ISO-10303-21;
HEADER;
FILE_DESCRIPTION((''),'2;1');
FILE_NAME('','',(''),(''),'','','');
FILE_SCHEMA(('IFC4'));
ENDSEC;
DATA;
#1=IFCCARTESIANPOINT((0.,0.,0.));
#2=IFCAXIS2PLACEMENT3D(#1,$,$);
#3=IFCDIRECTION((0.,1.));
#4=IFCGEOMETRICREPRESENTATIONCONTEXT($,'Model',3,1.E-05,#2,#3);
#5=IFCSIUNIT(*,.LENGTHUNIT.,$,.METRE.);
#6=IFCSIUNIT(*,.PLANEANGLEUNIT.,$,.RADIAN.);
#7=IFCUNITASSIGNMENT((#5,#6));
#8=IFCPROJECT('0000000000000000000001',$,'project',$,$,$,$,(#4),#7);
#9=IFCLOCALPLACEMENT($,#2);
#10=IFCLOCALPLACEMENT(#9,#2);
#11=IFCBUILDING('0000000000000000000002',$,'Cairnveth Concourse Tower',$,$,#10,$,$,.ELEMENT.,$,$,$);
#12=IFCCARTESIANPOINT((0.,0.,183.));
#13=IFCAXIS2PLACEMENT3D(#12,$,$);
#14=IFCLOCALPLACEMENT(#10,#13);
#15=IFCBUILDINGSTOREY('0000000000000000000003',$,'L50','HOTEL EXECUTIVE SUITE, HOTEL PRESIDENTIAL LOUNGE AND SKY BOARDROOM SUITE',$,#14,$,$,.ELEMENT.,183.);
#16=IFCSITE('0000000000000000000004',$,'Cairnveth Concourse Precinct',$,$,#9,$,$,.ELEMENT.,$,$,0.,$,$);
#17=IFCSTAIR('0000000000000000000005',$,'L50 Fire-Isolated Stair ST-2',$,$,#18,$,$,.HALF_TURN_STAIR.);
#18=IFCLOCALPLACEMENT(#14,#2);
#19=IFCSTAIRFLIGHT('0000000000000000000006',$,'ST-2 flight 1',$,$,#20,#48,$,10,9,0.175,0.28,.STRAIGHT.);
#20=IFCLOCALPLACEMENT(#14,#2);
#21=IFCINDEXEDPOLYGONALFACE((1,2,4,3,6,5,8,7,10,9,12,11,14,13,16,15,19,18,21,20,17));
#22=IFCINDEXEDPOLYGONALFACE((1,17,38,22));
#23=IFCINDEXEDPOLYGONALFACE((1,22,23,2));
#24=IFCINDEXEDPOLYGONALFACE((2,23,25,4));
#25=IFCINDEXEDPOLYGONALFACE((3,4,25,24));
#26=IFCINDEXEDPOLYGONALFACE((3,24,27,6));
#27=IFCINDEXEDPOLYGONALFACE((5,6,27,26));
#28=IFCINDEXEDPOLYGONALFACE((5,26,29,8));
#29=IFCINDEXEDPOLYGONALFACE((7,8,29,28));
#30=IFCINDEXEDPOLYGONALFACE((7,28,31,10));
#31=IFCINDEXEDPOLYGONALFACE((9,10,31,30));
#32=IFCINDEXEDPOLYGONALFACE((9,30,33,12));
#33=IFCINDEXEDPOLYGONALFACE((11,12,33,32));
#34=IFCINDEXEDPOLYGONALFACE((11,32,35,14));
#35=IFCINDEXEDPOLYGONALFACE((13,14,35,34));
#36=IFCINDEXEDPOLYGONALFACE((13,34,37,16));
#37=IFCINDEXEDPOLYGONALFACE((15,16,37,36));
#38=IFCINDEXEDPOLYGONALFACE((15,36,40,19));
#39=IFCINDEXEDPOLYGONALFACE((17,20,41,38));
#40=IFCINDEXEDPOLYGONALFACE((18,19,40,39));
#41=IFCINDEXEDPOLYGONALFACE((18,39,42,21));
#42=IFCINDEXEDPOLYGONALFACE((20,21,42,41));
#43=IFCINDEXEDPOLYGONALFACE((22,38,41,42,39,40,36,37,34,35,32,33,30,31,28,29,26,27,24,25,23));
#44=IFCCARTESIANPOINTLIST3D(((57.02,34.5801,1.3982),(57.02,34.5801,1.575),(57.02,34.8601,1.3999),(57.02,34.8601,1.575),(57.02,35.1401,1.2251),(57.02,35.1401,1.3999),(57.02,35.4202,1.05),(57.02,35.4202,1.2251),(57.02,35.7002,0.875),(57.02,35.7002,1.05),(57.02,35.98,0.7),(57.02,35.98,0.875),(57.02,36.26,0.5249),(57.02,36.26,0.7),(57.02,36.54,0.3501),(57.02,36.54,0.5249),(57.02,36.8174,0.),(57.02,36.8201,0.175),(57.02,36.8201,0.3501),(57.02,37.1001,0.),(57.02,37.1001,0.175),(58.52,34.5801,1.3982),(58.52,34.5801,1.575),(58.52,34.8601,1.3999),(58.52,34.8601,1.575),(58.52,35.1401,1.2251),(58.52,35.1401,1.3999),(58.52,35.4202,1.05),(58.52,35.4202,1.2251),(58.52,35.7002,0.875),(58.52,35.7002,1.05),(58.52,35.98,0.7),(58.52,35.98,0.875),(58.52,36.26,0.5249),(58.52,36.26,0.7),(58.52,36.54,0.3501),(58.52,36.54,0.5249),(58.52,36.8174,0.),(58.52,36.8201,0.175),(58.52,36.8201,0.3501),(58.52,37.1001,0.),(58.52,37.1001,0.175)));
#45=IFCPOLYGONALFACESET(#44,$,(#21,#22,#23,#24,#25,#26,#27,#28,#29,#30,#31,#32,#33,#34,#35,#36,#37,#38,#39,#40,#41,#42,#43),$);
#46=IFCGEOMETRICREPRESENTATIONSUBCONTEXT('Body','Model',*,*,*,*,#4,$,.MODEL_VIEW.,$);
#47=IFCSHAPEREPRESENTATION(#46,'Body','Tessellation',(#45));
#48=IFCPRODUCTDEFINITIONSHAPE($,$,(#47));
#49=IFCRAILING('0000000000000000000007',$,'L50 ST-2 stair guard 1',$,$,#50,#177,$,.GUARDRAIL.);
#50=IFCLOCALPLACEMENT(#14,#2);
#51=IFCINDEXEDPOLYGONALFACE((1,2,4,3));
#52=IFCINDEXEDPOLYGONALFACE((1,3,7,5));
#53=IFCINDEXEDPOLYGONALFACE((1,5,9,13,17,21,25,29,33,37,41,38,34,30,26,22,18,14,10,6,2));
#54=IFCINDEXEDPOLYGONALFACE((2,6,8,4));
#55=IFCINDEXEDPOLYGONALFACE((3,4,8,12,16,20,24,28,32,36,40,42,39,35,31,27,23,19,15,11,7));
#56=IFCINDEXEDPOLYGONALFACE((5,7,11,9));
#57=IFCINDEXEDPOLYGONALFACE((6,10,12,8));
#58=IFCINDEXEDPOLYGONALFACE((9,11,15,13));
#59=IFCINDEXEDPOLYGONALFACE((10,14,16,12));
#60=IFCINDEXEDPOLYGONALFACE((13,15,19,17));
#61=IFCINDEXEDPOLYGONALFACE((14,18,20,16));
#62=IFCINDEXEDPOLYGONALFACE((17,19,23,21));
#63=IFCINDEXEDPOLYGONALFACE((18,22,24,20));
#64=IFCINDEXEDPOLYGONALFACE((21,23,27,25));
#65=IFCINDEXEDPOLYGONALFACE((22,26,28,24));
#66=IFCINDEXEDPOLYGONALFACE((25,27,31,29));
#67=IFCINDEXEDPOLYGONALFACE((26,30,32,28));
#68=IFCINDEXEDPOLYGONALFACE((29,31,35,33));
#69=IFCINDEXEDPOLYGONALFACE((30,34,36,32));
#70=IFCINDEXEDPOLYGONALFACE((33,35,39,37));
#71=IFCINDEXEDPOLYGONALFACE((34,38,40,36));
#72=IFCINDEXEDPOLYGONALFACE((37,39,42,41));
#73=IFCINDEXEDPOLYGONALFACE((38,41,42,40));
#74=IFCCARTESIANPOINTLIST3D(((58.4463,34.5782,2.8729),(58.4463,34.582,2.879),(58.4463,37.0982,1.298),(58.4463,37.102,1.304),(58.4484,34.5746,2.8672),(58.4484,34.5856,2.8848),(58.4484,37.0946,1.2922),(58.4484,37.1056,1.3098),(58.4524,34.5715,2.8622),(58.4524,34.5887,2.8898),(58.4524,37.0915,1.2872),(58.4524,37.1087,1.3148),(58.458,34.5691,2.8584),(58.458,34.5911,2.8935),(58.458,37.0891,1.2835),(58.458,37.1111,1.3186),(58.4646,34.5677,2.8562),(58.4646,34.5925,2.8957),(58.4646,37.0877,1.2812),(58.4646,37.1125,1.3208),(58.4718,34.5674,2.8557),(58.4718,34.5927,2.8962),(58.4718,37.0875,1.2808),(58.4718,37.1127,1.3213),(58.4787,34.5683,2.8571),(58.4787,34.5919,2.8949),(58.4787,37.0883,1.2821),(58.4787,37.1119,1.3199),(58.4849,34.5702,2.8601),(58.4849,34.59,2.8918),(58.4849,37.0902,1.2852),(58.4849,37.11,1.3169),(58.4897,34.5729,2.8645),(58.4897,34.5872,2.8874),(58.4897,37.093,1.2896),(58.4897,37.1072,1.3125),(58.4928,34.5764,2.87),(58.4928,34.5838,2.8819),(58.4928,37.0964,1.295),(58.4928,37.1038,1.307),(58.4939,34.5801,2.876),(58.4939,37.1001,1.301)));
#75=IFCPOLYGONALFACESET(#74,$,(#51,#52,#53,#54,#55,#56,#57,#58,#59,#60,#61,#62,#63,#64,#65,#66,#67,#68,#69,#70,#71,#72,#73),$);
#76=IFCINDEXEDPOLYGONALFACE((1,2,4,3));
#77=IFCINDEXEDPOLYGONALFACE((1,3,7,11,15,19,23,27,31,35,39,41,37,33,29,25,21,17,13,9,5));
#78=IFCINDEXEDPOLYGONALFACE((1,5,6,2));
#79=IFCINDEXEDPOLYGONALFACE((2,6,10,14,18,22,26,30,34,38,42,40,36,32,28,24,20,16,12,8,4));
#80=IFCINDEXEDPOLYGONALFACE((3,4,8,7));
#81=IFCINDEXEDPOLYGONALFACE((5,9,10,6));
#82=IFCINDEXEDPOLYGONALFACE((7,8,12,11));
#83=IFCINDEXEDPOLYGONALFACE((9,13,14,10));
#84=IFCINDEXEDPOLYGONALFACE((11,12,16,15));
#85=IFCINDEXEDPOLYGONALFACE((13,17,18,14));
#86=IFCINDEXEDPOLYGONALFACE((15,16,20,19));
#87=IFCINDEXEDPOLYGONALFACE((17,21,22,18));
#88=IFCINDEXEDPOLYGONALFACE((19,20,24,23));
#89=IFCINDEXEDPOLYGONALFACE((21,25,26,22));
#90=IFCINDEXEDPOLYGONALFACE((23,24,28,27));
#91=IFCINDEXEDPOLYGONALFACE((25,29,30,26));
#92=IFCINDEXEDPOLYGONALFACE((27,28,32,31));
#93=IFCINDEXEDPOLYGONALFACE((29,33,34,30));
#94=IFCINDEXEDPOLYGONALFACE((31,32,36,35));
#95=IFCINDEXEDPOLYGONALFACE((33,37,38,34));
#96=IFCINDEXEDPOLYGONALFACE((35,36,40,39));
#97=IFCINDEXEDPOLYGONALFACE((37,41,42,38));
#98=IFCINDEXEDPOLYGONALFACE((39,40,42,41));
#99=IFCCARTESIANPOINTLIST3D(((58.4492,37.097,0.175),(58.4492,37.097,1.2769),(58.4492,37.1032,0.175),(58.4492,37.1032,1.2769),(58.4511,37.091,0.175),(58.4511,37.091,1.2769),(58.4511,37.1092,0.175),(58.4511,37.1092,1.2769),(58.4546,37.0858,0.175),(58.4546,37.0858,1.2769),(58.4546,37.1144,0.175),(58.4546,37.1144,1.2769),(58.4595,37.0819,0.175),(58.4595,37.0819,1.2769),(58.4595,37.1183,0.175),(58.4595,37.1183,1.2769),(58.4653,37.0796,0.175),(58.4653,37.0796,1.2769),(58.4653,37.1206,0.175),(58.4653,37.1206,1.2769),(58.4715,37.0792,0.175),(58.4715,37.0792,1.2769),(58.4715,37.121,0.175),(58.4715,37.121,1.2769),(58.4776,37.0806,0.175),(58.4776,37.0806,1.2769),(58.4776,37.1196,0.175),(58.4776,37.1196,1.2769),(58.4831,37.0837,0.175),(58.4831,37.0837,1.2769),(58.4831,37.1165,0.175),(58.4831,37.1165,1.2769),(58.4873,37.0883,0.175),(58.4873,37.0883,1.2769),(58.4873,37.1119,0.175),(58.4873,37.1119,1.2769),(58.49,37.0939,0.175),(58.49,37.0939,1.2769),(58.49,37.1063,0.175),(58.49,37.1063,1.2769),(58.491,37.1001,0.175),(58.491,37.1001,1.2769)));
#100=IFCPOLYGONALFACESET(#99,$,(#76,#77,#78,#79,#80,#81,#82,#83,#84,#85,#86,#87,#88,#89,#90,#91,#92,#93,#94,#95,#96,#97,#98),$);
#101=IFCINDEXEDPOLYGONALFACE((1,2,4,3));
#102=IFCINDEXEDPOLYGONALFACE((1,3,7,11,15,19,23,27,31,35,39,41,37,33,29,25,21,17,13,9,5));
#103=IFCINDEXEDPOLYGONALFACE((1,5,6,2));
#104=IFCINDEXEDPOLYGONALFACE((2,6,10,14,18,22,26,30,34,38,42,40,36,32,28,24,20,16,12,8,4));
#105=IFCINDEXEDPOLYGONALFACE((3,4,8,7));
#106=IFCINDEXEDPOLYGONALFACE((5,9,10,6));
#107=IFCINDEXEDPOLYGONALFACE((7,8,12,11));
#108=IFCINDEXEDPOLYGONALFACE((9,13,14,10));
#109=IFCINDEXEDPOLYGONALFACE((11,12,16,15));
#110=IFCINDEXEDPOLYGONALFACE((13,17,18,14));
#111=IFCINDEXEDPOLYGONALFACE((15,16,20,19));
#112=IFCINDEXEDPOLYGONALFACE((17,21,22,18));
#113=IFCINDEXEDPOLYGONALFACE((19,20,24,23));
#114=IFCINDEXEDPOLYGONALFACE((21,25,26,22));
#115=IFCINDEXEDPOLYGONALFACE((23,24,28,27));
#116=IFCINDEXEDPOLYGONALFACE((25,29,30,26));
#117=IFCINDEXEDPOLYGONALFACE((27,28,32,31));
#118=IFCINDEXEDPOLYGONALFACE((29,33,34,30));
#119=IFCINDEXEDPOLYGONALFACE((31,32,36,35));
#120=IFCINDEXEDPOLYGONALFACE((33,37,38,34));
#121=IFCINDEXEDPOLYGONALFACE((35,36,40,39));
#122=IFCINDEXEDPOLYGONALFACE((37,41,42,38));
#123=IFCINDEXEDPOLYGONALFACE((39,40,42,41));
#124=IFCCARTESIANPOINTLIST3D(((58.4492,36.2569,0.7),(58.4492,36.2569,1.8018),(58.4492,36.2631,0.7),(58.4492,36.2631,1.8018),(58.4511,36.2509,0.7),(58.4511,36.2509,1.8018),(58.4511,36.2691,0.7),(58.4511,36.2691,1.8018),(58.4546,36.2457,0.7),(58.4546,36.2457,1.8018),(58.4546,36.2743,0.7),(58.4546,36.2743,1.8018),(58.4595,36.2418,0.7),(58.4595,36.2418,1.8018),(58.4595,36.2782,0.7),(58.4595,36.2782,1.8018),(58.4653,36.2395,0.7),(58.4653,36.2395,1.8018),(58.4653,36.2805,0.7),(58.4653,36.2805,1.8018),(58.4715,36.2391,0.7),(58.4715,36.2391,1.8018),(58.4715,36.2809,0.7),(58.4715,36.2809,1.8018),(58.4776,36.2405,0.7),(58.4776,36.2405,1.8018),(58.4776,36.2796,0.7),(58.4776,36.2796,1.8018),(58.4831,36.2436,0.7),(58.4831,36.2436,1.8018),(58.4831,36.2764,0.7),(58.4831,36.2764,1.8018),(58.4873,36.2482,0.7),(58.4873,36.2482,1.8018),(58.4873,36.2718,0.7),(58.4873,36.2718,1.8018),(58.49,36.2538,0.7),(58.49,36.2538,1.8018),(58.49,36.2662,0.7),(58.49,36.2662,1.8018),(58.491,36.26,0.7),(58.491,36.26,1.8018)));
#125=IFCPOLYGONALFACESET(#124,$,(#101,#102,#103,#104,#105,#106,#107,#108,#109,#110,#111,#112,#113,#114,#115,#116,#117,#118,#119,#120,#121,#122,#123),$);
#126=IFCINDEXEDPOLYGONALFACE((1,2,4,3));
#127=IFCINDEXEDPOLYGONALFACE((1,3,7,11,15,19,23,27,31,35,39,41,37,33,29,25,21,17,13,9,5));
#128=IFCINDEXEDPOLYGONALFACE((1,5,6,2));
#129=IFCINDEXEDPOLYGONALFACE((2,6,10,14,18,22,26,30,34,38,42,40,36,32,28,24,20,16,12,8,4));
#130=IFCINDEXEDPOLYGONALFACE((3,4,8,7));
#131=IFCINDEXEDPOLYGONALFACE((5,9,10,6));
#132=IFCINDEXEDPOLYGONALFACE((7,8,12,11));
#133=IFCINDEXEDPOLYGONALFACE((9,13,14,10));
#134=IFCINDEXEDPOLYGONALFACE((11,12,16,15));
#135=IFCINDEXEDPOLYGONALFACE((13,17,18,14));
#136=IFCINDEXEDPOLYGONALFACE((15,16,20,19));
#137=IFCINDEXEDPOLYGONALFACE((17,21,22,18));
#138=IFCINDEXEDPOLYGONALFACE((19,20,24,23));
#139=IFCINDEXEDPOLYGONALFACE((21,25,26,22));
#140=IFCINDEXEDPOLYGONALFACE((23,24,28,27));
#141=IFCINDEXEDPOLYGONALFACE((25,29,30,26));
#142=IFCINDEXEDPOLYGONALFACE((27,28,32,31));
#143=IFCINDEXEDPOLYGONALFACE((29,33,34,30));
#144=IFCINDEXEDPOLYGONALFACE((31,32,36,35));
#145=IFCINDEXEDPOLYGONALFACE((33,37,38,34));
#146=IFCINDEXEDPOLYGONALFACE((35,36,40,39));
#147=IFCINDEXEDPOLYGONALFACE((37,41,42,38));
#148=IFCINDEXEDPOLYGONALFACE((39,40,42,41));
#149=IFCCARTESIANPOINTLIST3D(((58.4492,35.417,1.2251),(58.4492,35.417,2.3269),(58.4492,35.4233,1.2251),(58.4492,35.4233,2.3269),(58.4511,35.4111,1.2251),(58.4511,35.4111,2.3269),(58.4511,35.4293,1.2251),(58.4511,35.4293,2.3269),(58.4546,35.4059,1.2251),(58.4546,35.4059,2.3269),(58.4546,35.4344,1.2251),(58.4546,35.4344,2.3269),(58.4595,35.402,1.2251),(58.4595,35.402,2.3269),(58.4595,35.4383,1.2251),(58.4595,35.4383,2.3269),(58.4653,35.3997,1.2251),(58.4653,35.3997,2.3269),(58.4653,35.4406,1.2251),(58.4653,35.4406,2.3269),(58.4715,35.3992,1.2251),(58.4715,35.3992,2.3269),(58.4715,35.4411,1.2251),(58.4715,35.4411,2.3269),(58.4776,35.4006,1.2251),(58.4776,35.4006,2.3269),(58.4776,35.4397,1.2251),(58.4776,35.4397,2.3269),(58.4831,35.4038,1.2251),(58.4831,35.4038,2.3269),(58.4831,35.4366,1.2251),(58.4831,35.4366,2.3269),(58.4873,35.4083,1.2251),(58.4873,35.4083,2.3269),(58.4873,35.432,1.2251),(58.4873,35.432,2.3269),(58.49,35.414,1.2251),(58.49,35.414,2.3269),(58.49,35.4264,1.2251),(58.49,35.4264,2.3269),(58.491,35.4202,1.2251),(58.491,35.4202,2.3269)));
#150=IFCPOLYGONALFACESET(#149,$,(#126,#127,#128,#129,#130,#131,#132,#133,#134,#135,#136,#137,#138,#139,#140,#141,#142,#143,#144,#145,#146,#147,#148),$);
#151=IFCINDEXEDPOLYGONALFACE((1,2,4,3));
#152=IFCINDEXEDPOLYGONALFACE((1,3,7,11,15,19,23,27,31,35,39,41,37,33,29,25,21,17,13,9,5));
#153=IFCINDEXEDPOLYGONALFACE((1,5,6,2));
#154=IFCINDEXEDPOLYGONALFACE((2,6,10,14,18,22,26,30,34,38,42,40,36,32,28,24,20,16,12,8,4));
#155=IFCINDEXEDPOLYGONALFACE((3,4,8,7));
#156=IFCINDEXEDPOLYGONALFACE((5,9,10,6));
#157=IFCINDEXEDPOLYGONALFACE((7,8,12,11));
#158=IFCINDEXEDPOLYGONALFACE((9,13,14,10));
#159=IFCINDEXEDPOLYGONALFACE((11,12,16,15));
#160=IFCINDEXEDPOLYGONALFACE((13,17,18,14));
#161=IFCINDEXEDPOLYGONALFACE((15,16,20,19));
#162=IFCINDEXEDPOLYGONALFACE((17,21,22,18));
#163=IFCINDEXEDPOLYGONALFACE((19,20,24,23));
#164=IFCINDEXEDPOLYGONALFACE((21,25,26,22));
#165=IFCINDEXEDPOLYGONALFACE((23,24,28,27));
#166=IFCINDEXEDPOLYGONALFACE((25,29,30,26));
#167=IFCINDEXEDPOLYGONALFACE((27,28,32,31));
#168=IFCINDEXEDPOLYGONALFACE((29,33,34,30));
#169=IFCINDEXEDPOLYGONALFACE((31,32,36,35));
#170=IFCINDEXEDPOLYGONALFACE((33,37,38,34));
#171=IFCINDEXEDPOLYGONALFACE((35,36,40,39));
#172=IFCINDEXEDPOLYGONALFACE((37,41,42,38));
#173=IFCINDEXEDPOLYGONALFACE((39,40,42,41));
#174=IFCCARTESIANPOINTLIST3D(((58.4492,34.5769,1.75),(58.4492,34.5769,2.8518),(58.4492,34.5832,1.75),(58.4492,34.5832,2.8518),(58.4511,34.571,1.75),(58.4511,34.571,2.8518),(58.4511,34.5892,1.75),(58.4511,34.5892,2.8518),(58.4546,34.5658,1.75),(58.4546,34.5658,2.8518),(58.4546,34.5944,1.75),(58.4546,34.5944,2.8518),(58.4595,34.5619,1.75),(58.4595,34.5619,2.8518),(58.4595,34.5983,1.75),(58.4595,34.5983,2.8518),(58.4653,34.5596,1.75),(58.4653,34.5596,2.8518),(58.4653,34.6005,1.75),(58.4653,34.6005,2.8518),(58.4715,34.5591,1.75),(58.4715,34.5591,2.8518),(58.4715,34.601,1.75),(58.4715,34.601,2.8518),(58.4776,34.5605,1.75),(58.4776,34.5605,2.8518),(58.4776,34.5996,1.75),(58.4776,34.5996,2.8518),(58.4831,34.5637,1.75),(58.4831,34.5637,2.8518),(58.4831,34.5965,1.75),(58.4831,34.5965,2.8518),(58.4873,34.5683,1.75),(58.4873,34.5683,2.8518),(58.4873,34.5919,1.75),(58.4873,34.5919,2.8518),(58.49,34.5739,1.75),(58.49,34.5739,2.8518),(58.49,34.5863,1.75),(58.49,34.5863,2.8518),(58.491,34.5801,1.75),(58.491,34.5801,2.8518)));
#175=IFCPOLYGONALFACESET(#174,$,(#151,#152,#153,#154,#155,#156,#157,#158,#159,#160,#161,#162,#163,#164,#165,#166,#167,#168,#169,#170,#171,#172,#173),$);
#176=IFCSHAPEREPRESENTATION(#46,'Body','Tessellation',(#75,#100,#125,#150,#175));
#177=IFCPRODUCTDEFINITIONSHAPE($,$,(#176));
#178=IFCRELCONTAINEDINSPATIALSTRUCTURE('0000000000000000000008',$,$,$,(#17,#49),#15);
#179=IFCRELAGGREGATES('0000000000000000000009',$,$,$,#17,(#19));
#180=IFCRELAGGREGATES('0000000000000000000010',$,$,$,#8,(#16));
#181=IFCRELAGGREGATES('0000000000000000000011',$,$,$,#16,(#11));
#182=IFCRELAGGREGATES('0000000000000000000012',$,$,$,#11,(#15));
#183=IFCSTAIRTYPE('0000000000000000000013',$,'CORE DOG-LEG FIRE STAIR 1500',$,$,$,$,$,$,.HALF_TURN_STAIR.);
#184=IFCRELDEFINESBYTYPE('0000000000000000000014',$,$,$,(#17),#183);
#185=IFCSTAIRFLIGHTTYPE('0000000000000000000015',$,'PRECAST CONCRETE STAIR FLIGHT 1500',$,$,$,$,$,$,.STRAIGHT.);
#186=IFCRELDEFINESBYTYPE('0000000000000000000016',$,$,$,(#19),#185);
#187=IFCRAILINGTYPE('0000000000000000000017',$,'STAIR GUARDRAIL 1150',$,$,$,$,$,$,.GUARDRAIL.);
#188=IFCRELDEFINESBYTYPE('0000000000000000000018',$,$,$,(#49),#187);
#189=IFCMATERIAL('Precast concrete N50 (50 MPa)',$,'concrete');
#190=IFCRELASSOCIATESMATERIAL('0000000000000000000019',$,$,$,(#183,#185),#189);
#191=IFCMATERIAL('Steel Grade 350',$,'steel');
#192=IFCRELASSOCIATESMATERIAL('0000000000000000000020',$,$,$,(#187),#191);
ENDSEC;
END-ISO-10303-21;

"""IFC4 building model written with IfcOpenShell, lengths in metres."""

from ifc_helpers import new_model, si_unit, direction, frame, origin, origin_2d, place, context, subcontext, project, spatial, polyline, circle, outline, extrude, material, type_object, element, aggregate, save


model = new_model("IFC4")

# Units and contexts
model_context = context("Model", 3, precision=1e-05, world=origin(), true_north=direction((0.0, 1.0)))
body_context = subcontext(model_context, "Body", "Model", "MODEL_VIEW")
ifc_project = project(units=[si_unit("LENGTHUNIT", "METRE"), si_unit("PLANEANGLEUNIT", "RADIAN")], contexts=[model_context])

# Site, building, storey
site_placement = place(None, origin())
site = spatial("IfcSite", under=ifc_project, at=site_placement, Name="Cairnveth Concourse Precinct", CompositionType="ELEMENT", RefElevation=0.0)
building_placement = place(site_placement, origin())
building = spatial("IfcBuilding", under=site, at=building_placement, Name="Cairnveth Concourse Tower", CompositionType="ELEMENT")
storey_placement = place(building_placement, frame((0.0, 0.0, 183.0)))
storey = spatial("IfcBuildingStorey", under=building, at=storey_placement, Name="L50", Description="HOTEL EXECUTIVE SUITE, HOTEL PRESIDENTIAL LOUNGE AND SKY BOARDROOM SUITE", CompositionType="ELEMENT", Elevation=183.0)

# Shared definitions
ifc_material_1 = material(Name="Steel Grade 350", Category="steel")

# Stair, stair flight
ifc_material_2 = material(Name="Precast concrete N50 (50 MPa)", Category="concrete")
stair_type = type_object("IfcStairType", Name="CORE DOG-LEG FIRE STAIR 1500", PredefinedType="HALF_TURN_STAIR", material=ifc_material_2)
stair_placement = place(storey_placement, origin())
stair = element("IfcStair", 1, at=stair_placement, inside=storey, type_object=stair_type, Name="L50 Fire-Isolated Stair ST-2", PredefinedType="HALF_TURN_STAIR")
stair_flight_type = type_object("IfcStairFlightType", Name="PRECAST CONCRETE STAIR FLIGHT 1500", PredefinedType="STRAIGHT", material=ifc_material_2)
stair_flight_placement = place(storey_placement, frame((57.77, 37.1001, 0.0), z_axis=(0.0, 0.0, 1.0), x_axis=(0.0, -1.0, 0.0)))
stair_flight = element("IfcStairFlight", 2, at=stair_flight_placement, type_object=stair_flight_type, Name="ST-2 flight 1", NumberOfRisers=10, NumberOfTreads=9, PredefinedType="STRAIGHT", RiserHeight=0.175, TreadLength=0.28, context=body_context, shape_type="SweptSolid", body=[
    extrude(outline(polyline([(0.0, 0.0), (0.0, 0.175), (0.28, 0.175), (0.28, 0.3501), (0.5601, 0.3501), (0.5601, 0.5249), (0.8401, 0.5249), (0.8401, 0.7), (1.1201, 0.7), (1.1201, 0.875), (1.3999, 0.875), (1.3999, 1.05), (1.6799, 1.05), (1.6799, 1.2251), (1.96, 1.2251), (1.96, 1.3999), (2.24, 1.3999), (2.24, 1.575), (2.52, 1.575), (2.52, 1.75), (2.52, 1.3982), (0.2827, 0.0), (0.0, 0.0)])), frame((0.0, 0.75, 0.0), z_axis=(0.0, -1.0, 0.0), x_axis=(1.0, 0.0, 0.0)), (0.0, 0.0, 1.0), 1.5),
])
aggregate(stair, [stair_flight])

# Railing
railing_type_1 = type_object("IfcRailingType", Name="STAIR GUARDRAIL 1150", PredefinedType="GUARDRAIL", material=ifc_material_1)
railing_1_placement = place(storey_placement, frame((58.47, 37.1001, 0.175)))
element("IfcRailing", 3, at=railing_1_placement, inside=storey, type_object=railing_type_1, Name="L50 ST-2 stair guard 1", PredefinedType="GUARDRAIL", context=body_context, shape_type="SweptSolid", body=[
    extrude(circle(Radius=0.0239, at=origin_2d()), frame((0.0, 0.0, 1.126), z_axis=(0.0, -0.848008, 0.529984), x_axis=(1.0, 0.0, 0.0)), (0.0, 0.0, 1.0), 2.9717),
    extrude(circle(Radius=0.021, at=origin_2d()), origin(), (0.0, 0.0, 1.0), 1.1018),
    extrude(circle(Radius=0.021, at=origin_2d()), frame((0.0, -0.8401, 0.5249)), (0.0, 0.0, 1.0), 1.1018),
    extrude(circle(Radius=0.021, at=origin_2d()), frame((0.0, -1.6799, 1.05)), (0.0, 0.0, 1.0), 1.1018),
    extrude(circle(Radius=0.021, at=origin_2d()), frame((0.0, -2.52, 1.575)), (0.0, 0.0, 1.0), 1.1018),
])

save(model, "model.ifc")
